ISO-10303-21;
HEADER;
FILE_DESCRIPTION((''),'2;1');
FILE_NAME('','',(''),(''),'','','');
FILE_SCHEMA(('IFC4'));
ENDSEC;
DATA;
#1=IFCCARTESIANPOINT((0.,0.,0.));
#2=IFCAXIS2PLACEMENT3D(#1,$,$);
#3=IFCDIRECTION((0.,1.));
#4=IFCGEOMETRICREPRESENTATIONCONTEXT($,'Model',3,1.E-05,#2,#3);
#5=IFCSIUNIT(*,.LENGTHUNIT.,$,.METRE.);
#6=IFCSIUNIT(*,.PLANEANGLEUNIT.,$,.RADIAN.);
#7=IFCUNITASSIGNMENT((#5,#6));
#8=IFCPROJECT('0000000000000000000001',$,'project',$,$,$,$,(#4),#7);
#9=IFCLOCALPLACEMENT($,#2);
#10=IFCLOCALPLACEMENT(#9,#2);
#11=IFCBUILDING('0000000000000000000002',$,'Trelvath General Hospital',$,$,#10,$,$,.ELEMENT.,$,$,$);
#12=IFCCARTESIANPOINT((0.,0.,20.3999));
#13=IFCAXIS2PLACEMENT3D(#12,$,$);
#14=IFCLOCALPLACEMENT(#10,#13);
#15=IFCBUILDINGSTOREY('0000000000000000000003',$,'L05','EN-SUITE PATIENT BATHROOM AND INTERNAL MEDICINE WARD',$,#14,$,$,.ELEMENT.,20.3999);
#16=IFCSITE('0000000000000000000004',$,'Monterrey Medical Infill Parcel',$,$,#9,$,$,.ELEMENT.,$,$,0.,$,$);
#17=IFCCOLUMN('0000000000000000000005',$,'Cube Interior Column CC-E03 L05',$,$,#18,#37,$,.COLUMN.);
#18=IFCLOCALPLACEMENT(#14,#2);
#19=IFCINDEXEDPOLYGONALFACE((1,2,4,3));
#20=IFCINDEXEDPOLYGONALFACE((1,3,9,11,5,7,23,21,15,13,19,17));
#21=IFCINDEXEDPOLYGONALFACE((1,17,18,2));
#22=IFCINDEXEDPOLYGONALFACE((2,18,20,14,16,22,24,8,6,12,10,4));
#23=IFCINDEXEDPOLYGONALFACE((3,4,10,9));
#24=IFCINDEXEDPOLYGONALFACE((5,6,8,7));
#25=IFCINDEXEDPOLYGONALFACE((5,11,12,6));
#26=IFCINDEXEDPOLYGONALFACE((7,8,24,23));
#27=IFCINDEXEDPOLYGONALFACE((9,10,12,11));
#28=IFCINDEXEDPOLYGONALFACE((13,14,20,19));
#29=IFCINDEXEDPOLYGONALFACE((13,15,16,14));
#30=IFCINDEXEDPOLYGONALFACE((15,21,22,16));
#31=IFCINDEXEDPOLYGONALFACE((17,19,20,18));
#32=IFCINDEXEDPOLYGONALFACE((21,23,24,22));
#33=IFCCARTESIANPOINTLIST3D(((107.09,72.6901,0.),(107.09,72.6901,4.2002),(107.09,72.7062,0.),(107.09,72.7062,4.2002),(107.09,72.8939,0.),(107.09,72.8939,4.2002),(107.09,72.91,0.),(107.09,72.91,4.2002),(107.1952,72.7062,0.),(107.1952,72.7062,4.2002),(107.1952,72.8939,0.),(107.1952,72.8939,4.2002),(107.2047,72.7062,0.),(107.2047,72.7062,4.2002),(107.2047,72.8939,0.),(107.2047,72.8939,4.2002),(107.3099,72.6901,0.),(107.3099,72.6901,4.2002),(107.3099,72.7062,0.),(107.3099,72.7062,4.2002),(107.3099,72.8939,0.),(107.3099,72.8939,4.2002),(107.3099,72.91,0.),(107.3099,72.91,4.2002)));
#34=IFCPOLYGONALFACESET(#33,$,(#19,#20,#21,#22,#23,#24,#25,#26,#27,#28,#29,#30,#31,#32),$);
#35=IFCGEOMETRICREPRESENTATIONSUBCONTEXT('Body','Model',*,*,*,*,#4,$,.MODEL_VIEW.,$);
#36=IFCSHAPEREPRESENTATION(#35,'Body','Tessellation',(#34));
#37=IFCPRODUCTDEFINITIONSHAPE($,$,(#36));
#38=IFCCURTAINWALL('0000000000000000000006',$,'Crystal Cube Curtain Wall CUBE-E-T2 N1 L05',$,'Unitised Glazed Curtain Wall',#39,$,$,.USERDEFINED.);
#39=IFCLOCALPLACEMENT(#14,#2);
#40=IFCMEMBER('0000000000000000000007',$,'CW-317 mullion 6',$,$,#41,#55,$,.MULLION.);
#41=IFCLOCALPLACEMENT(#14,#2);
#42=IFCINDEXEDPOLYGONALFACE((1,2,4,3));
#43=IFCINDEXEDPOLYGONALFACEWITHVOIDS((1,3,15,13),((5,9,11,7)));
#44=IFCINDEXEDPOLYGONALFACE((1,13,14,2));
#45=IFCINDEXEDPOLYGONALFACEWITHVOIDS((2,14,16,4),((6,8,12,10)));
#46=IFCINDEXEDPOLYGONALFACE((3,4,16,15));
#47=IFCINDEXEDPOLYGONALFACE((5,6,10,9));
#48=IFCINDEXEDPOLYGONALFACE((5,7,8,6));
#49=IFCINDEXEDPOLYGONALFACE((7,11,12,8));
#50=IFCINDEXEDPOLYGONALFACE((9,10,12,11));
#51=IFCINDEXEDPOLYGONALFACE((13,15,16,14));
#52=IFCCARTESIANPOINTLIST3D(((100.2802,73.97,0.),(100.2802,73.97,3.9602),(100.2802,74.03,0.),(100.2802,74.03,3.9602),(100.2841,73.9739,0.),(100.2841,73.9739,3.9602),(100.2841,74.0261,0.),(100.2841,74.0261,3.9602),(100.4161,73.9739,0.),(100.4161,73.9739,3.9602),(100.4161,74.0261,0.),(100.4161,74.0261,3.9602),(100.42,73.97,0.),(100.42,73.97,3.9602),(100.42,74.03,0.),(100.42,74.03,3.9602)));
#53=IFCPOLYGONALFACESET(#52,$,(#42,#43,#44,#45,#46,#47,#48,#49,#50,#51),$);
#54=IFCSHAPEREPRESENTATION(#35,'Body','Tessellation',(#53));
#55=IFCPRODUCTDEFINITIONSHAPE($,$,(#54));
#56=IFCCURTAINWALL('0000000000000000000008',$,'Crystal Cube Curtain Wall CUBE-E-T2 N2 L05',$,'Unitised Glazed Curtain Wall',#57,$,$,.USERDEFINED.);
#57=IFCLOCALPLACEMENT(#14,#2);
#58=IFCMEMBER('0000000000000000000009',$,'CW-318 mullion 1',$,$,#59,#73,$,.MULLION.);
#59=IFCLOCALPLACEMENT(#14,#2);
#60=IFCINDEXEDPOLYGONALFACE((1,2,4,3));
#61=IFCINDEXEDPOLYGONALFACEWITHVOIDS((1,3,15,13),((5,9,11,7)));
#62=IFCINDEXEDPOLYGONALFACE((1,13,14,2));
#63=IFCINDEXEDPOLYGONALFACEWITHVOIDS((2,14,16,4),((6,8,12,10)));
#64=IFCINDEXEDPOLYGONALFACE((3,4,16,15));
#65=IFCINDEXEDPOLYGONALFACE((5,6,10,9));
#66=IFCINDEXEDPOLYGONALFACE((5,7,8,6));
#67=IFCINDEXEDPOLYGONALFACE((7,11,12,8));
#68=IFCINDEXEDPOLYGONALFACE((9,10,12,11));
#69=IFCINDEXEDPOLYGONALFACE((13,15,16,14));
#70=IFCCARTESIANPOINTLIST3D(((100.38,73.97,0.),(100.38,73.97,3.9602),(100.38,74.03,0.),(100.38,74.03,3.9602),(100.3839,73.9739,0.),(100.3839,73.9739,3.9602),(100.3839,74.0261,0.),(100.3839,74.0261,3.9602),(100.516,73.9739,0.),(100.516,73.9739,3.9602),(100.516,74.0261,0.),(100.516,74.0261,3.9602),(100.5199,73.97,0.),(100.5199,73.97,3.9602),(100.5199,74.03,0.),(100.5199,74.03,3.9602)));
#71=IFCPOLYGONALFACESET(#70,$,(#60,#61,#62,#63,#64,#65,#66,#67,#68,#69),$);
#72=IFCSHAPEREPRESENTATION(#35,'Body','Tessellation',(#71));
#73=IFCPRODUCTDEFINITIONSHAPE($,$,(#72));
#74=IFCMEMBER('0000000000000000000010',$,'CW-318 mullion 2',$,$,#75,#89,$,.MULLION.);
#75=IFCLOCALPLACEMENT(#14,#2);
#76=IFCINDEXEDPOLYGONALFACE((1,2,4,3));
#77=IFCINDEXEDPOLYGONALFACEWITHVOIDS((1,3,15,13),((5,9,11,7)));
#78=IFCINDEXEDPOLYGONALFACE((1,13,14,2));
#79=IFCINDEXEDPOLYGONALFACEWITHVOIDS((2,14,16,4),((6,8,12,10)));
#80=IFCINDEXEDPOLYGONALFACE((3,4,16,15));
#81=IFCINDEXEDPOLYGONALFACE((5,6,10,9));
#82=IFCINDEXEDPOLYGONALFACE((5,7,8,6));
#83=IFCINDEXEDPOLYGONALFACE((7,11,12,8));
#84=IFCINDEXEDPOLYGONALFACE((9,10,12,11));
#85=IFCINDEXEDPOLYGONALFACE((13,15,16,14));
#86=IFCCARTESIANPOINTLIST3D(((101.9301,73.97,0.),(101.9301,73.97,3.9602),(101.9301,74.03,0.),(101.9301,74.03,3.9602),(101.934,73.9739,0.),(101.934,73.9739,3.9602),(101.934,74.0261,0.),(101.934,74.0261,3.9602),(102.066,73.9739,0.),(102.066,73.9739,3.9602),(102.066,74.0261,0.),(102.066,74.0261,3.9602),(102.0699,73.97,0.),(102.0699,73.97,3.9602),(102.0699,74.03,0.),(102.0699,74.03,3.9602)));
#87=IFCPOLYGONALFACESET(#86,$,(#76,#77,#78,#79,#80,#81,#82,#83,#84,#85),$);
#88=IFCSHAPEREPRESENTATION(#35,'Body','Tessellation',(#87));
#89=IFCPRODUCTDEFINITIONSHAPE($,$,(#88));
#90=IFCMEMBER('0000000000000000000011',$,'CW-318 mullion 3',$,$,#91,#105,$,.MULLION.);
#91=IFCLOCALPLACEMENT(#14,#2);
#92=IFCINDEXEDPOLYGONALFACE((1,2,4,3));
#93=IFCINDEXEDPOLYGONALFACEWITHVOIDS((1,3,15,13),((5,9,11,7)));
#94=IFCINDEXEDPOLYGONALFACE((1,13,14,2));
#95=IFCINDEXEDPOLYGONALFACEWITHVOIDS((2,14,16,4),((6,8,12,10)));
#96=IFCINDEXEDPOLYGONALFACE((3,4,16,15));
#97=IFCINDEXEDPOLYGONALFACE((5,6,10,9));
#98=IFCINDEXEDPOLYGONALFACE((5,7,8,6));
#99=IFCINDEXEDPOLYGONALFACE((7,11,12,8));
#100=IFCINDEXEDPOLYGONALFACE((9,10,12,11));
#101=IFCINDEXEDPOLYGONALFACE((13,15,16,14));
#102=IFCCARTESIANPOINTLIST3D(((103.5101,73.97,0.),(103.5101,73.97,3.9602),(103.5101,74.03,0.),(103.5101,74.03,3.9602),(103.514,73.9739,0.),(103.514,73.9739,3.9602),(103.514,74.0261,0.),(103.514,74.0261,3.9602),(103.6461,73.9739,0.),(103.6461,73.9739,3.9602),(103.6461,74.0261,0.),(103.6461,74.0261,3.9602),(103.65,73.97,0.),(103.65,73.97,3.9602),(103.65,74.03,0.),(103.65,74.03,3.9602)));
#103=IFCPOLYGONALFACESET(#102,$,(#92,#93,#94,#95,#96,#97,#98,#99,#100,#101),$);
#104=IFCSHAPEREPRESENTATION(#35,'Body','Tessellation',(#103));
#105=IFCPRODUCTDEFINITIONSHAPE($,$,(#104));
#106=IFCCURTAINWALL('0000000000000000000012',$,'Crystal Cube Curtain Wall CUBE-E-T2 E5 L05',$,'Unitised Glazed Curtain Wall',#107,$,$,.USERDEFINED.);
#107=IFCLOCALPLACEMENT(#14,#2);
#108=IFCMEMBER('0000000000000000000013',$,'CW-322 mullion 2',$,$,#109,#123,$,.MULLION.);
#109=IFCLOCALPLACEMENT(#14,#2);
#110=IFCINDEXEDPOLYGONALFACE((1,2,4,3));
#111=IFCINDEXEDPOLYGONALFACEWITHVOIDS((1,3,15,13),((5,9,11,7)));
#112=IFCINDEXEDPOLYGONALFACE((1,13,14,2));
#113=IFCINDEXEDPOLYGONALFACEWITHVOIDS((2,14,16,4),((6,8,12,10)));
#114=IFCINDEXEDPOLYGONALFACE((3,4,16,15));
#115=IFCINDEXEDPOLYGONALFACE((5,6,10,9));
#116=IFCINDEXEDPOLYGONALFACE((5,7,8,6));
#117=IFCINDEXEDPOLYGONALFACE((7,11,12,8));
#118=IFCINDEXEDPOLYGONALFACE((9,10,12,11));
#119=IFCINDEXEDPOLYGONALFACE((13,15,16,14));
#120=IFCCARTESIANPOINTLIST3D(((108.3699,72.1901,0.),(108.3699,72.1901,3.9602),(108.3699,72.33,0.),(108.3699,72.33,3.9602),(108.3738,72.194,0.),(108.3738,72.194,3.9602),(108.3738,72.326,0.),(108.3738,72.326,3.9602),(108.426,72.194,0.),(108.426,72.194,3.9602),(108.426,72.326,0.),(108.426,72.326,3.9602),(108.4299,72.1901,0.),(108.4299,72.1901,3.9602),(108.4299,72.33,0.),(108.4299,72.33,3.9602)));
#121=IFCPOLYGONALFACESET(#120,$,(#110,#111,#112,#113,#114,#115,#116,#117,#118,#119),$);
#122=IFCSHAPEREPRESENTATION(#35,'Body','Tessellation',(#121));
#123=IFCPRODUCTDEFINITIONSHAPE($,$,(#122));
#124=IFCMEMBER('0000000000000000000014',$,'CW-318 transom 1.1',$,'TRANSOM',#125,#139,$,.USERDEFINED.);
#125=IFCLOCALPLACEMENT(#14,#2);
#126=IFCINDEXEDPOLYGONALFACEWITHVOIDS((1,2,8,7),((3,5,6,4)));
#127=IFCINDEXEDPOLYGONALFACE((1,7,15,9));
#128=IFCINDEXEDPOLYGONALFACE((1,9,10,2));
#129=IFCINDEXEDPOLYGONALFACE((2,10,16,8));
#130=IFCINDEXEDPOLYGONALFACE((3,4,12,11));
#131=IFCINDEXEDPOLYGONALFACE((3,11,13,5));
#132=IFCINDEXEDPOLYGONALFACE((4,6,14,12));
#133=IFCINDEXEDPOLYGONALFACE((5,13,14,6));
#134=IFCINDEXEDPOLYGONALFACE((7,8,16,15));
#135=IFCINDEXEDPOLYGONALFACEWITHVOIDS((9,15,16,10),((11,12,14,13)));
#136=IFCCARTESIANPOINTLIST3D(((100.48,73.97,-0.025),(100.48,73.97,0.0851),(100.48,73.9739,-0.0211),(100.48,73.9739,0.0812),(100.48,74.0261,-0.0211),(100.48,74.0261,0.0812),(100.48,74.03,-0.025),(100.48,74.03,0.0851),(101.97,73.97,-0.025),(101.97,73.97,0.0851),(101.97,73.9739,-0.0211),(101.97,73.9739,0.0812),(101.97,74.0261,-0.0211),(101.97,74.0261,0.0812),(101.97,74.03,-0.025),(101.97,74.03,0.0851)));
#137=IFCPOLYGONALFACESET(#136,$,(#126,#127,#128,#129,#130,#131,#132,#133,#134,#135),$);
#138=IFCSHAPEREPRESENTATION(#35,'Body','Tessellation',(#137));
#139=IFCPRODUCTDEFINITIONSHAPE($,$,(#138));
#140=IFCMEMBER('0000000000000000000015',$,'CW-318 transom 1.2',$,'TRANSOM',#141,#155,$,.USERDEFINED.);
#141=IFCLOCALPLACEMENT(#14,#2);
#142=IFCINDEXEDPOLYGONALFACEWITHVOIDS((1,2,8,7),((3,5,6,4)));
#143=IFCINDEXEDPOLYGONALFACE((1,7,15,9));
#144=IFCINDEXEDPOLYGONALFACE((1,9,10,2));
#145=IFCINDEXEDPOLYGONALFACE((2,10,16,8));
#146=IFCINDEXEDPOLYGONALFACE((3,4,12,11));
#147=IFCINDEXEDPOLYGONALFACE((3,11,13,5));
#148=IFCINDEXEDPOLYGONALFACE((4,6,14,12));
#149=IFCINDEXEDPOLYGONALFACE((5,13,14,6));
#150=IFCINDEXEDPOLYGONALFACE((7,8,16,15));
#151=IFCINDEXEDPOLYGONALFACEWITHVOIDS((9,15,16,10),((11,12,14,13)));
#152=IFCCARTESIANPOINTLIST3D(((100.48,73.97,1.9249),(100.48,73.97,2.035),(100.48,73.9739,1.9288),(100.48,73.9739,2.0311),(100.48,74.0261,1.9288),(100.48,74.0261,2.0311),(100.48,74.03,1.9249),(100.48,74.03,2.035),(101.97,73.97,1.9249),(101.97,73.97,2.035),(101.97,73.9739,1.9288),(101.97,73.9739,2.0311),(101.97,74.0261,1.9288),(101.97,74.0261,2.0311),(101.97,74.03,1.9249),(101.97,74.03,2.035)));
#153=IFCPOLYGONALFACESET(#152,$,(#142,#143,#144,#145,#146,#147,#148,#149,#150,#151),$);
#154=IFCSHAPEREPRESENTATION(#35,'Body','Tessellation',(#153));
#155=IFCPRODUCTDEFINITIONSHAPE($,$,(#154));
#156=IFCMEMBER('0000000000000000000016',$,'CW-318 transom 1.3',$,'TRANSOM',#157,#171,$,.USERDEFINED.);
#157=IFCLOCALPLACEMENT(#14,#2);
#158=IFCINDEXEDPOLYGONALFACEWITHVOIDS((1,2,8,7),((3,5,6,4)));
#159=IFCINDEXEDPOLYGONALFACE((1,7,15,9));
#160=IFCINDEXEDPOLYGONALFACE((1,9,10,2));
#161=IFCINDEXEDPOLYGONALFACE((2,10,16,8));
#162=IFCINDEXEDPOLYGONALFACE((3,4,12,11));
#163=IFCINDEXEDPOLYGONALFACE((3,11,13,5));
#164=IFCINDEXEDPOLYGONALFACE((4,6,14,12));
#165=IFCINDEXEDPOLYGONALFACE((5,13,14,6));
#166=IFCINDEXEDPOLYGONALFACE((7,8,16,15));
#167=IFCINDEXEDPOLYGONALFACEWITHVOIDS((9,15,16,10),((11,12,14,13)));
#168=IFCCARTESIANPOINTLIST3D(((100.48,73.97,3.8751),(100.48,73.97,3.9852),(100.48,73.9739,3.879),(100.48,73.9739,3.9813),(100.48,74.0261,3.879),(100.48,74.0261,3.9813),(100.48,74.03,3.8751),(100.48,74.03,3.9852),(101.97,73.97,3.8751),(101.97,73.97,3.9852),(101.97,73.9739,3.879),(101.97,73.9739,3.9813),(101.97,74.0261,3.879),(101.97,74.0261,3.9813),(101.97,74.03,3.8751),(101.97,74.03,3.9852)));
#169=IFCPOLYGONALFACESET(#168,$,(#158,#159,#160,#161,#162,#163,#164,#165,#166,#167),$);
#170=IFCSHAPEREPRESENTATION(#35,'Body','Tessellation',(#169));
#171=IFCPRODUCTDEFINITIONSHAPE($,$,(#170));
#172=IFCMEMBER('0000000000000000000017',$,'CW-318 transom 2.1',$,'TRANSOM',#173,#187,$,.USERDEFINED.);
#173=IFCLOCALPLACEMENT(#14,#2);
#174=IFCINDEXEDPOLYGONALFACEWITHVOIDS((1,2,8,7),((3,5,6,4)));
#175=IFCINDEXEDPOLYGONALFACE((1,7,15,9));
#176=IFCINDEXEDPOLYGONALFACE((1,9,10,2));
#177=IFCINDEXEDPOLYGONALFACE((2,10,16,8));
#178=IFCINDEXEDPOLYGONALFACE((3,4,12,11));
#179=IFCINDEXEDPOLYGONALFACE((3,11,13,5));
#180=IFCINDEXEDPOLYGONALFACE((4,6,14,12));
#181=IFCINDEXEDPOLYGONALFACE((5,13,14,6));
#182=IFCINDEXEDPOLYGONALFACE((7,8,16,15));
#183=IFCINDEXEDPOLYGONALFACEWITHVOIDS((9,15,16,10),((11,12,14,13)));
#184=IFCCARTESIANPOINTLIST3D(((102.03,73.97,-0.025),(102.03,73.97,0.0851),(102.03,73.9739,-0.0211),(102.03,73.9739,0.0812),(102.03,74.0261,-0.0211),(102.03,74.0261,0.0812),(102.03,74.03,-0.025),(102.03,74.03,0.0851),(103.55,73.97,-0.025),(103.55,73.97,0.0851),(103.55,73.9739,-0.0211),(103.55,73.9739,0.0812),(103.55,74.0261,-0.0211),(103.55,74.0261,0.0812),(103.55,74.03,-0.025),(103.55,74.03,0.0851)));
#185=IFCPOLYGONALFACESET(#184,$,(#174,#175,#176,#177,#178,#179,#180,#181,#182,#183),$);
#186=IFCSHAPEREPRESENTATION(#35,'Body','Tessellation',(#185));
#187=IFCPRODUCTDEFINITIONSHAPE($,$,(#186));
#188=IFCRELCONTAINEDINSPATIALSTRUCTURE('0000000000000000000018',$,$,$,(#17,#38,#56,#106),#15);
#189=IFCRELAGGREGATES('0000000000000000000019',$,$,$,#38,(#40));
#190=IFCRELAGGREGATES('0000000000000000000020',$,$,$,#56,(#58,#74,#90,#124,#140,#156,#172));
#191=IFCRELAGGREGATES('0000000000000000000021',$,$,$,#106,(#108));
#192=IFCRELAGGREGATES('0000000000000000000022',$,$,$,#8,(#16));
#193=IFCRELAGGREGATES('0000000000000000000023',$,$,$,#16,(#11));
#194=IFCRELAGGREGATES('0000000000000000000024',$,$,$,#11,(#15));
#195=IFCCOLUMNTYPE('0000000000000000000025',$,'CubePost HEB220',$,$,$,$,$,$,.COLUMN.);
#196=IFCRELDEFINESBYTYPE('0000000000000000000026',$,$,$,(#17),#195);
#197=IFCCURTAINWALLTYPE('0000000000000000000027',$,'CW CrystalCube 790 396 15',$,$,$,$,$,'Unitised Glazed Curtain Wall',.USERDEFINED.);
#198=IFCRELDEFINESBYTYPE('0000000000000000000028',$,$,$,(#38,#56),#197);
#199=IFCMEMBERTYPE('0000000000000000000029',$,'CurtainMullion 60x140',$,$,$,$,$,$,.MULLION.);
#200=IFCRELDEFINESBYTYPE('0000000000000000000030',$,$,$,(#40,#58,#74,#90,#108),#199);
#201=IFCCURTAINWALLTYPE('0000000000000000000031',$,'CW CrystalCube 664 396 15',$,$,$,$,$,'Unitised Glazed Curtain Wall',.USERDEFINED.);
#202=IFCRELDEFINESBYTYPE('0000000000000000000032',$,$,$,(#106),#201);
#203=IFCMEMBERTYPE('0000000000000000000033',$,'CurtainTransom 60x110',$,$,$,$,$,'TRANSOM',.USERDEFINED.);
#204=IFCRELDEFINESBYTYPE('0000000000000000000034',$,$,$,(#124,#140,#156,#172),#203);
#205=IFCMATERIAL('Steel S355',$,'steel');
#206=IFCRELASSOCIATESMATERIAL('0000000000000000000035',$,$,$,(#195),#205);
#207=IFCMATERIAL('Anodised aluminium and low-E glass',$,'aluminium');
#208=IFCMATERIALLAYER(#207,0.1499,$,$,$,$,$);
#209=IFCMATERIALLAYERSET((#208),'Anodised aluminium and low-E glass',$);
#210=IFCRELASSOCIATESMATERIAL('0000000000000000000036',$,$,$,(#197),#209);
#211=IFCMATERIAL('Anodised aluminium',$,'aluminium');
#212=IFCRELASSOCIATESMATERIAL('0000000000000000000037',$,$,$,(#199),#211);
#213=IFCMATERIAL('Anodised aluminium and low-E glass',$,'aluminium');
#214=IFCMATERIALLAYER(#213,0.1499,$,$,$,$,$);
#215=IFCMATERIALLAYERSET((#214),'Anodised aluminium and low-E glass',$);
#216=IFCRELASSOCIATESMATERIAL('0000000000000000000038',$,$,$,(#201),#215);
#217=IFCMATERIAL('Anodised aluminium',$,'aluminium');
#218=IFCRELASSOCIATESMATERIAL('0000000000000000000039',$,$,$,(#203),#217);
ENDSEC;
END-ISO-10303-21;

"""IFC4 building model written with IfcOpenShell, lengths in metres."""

from ifc_helpers import new_model, si_unit, direction, frame, origin, origin_2d, place, context, subcontext, project, spatial, hollow_rectangle, i_section, extrude, material, layer, layer_set, material_profile, profile_set, type_object, element, aggregate, save


model = new_model("IFC4")

# Units and contexts
model_context = context("Model", 3, precision=1e-05, world=origin(), true_north=direction((0.0, 1.0)))
body_context = subcontext(model_context, "Body", "Model", "MODEL_VIEW")
ifc_project = project(units=[si_unit("LENGTHUNIT", "METRE"), si_unit("PLANEANGLEUNIT", "RADIAN")], contexts=[model_context])

# Site, building, storey
site_placement = place(None, origin())
site = spatial("IfcSite", under=ifc_project, at=site_placement, Name="Monterrey Medical Infill Parcel", CompositionType="ELEMENT", RefElevation=0.0)
building_placement = place(site_placement, origin())
building = spatial("IfcBuilding", under=site, at=building_placement, Name="Trelvath General Hospital", CompositionType="ELEMENT")
storey_placement = place(building_placement, frame((0.0, 0.0, 20.3999)))
storey = spatial("IfcBuildingStorey", under=building, at=storey_placement, Name="L05", Description="EN-SUITE PATIENT BATHROOM AND INTERNAL MEDICINE WARD", CompositionType="ELEMENT", Elevation=20.3999)

# Column
ifc_material_1 = material(Name="Steel S355", Category="steel")
ifc_material_profile_1 = material_profile(ifc_material_1, i_section(OverallWidth=0.22, OverallDepth=0.22, WebThickness=0.0095, FlangeThickness=0.0161, at=origin_2d()), Name="HEB220")
ifc_profile_set_1 = profile_set([ifc_material_profile_1], Name="Steel S355")
column_type = type_object("IfcColumnType", Name="CubePost HEB220", PredefinedType="COLUMN", material=ifc_profile_set_1)
column_placement = place(storey_placement, frame((107.2, 72.8, 0.0), z_axis=(0.0, 0.0, 1.0), x_axis=(1.0, 0.0, 0.0)))
element("IfcColumn", 1, at=column_placement, inside=storey, type_object=column_type, Name="Cube Interior Column CC-E03 L05", PredefinedType="COLUMN", context=body_context, shape_type="SweptSolid", body=[
    extrude(i_section(OverallWidth=0.22, OverallDepth=0.22, WebThickness=0.0095, FlangeThickness=0.0161, at=origin_2d()), origin(), (0.0, 0.0, 1.0), 4.2002),
])

# Curtain wall, member
ifc_material_2 = material(Name="Anodised aluminium and low-E glass", Category="aluminium")
ifc_layer_1 = layer(ifc_material_2, 0.1499)
ifc_layer_set_1 = layer_set([ifc_layer_1], Name="Anodised aluminium and low-E glass")
curtain_wall_type_1 = type_object("IfcCurtainWallType", Name="CW CrystalCube 790 396 15", ElementType="Unitised Glazed Curtain Wall", PredefinedType="USERDEFINED", material=ifc_layer_set_1)
curtain_wall_1_placement = place(storey_placement, origin())
curtain_wall_1 = element("IfcCurtainWall", 2, at=curtain_wall_1_placement, inside=storey, type_object=curtain_wall_type_1, Name="Crystal Cube Curtain Wall CUBE-E-T2 N1 L05", ObjectType="Unitised Glazed Curtain Wall", PredefinedType="USERDEFINED")
ifc_material_3 = material(Name="Anodised aluminium", Category="aluminium")
ifc_material_profile_2 = material_profile(ifc_material_3, hollow_rectangle(XDim=0.0601, YDim=0.1399, WallThickness=0.0039, at=origin_2d()), Name="RHS60x140x4")
ifc_profile_set_2 = profile_set([ifc_material_profile_2], Name="Anodised aluminium")
member_type_1 = type_object("IfcMemberType", Name="CurtainMullion 60x140", PredefinedType="MULLION", material=ifc_profile_set_2)
member_1_placement = place(storey_placement, frame((100.3501, 74.0, 0.0), z_axis=(0.0, 0.0, 1.0), x_axis=(0.0, 1.0, 0.0)))
member_1 = element("IfcMember", 3, at=member_1_placement, type_object=member_type_1, Name="CW-317 mullion 6", PredefinedType="MULLION", context=body_context, shape_type="SweptSolid", body=[
    extrude(hollow_rectangle(XDim=0.0601, YDim=0.1399, WallThickness=0.0039, at=origin_2d()), origin(), (0.0, 0.0, 1.0), 3.9602),
])

# Curtain wall, members
curtain_wall_2_placement = place(storey_placement, origin())
curtain_wall_2 = element("IfcCurtainWall", 4, at=curtain_wall_2_placement, inside=storey, type_object=curtain_wall_type_1, Name="Crystal Cube Curtain Wall CUBE-E-T2 N2 L05", ObjectType="Unitised Glazed Curtain Wall", PredefinedType="USERDEFINED")
member_2_placement = place(storey_placement, frame((100.45, 74.0, 0.0), z_axis=(0.0, 0.0, 1.0), x_axis=(0.0, 1.0, 0.0)))
member_2 = element("IfcMember", 5, at=member_2_placement, type_object=member_type_1, Name="CW-318 mullion 1", PredefinedType="MULLION", context=body_context, shape_type="SweptSolid", body=[
    extrude(hollow_rectangle(XDim=0.0601, YDim=0.1399, WallThickness=0.0039, at=origin_2d()), origin(), (0.0, 0.0, 1.0), 3.9602),
])
member_3_placement = place(storey_placement, frame((102.0, 74.0, 0.0), z_axis=(0.0, 0.0, 1.0), x_axis=(0.0, 1.0, 0.0)))
member_3 = element("IfcMember", 6, at=member_3_placement, type_object=member_type_1, Name="CW-318 mullion 2", PredefinedType="MULLION", context=body_context, shape_type="SweptSolid", body=[
    extrude(hollow_rectangle(XDim=0.0601, YDim=0.1399, WallThickness=0.0039, at=origin_2d()), origin(), (0.0, 0.0, 1.0), 3.9602),
])
member_4_placement = place(storey_placement, frame((103.5801, 74.0, 0.0), z_axis=(0.0, 0.0, 1.0), x_axis=(0.0, 1.0, 0.0)))
member_4 = element("IfcMember", 7, at=member_4_placement, type_object=member_type_1, Name="CW-318 mullion 3", PredefinedType="MULLION", context=body_context, shape_type="SweptSolid", body=[
    extrude(hollow_rectangle(XDim=0.0601, YDim=0.1399, WallThickness=0.0039, at=origin_2d()), origin(), (0.0, 0.0, 1.0), 3.9602),
])

# Curtain wall, member
ifc_material_4 = material(Name="Anodised aluminium and low-E glass", Category="aluminium")
ifc_layer_2 = layer(ifc_material_4, 0.1499)
ifc_layer_set_2 = layer_set([ifc_layer_2], Name="Anodised aluminium and low-E glass")
curtain_wall_type_2 = type_object("IfcCurtainWallType", Name="CW CrystalCube 664 396 15", ElementType="Unitised Glazed Curtain Wall", PredefinedType="USERDEFINED", material=ifc_layer_set_2)
curtain_wall_3_placement = place(storey_placement, origin())
curtain_wall_3 = element("IfcCurtainWall", 8, at=curtain_wall_3_placement, inside=storey, type_object=curtain_wall_type_2, Name="Crystal Cube Curtain Wall CUBE-E-T2 E5 L05", ObjectType="Unitised Glazed Curtain Wall", PredefinedType="USERDEFINED")
member_5_placement = place(storey_placement, frame((108.3999, 72.26, 0.0), z_axis=(0.0, 0.0, 1.0), x_axis=(1.0, 0.0, 0.0)))
member_5 = element("IfcMember", 9, at=member_5_placement, type_object=member_type_1, Name="CW-322 mullion 2", PredefinedType="MULLION", context=body_context, shape_type="SweptSolid", body=[
    extrude(hollow_rectangle(XDim=0.0601, YDim=0.1399, WallThickness=0.0039, at=origin_2d()), origin(), (0.0, 0.0, 1.0), 3.9602),
])

# Members
ifc_material_5 = material(Name="Anodised aluminium", Category="aluminium")
ifc_material_profile_3 = material_profile(ifc_material_5, hollow_rectangle(XDim=0.0601, YDim=0.1101, WallThickness=0.0039, at=origin_2d()), Name="RHS60x110x4")
ifc_profile_set_3 = profile_set([ifc_material_profile_3], Name="Anodised aluminium")
member_type_2 = type_object("IfcMemberType", Name="CurtainTransom 60x110", ElementType="TRANSOM", PredefinedType="USERDEFINED", material=ifc_profile_set_3)
member_6_placement = place(storey_placement, frame((100.48, 74.0, 0.03), z_axis=(1.0, 0.0, 0.0), x_axis=(0.0, 1.0, 0.0)))
member_6 = element("IfcMember", 10, at=member_6_placement, type_object=member_type_2, Name="CW-318 transom 1.1", ObjectType="TRANSOM", PredefinedType="USERDEFINED", context=body_context, shape_type="SweptSolid", body=[
    extrude(hollow_rectangle(XDim=0.0601, YDim=0.1101, WallThickness=0.0039, at=origin_2d()), origin(), (0.0, 0.0, 1.0), 1.49),
])
member_7_placement = place(storey_placement, frame((100.48, 74.0, 1.98), z_axis=(1.0, 0.0, 0.0), x_axis=(0.0, 1.0, 0.0)))
member_7 = element("IfcMember", 11, at=member_7_placement, type_object=member_type_2, Name="CW-318 transom 1.2", ObjectType="TRANSOM", PredefinedType="USERDEFINED", context=body_context, shape_type="SweptSolid", body=[
    extrude(hollow_rectangle(XDim=0.0601, YDim=0.1101, WallThickness=0.0039, at=origin_2d()), origin(), (0.0, 0.0, 1.0), 1.49),
])
member_8_placement = place(storey_placement, frame((100.48, 74.0, 3.9302), z_axis=(1.0, 0.0, 0.0), x_axis=(0.0, 1.0, 0.0)))
member_8 = element("IfcMember", 12, at=member_8_placement, type_object=member_type_2, Name="CW-318 transom 1.3", ObjectType="TRANSOM", PredefinedType="USERDEFINED", context=body_context, shape_type="SweptSolid", body=[
    extrude(hollow_rectangle(XDim=0.0601, YDim=0.1101, WallThickness=0.0039, at=origin_2d()), origin(), (0.0, 0.0, 1.0), 1.49),
])
member_9_placement = place(storey_placement, frame((102.03, 74.0, 0.03), z_axis=(1.0, 0.0, 0.0), x_axis=(0.0, 1.0, 0.0)))
member_9 = element("IfcMember", 13, at=member_9_placement, type_object=member_type_2, Name="CW-318 transom 2.1", ObjectType="TRANSOM", PredefinedType="USERDEFINED", context=body_context, shape_type="SweptSolid", body=[
    extrude(hollow_rectangle(XDim=0.0601, YDim=0.1101, WallThickness=0.0039, at=origin_2d()), origin(), (0.0, 0.0, 1.0), 1.52),
])

aggregate(curtain_wall_1, [member_1])
aggregate(curtain_wall_2, [member_2, member_3, member_4, member_6, member_7, member_8, member_9])
aggregate(curtain_wall_3, [member_5])

save(model, "model.ifc")
